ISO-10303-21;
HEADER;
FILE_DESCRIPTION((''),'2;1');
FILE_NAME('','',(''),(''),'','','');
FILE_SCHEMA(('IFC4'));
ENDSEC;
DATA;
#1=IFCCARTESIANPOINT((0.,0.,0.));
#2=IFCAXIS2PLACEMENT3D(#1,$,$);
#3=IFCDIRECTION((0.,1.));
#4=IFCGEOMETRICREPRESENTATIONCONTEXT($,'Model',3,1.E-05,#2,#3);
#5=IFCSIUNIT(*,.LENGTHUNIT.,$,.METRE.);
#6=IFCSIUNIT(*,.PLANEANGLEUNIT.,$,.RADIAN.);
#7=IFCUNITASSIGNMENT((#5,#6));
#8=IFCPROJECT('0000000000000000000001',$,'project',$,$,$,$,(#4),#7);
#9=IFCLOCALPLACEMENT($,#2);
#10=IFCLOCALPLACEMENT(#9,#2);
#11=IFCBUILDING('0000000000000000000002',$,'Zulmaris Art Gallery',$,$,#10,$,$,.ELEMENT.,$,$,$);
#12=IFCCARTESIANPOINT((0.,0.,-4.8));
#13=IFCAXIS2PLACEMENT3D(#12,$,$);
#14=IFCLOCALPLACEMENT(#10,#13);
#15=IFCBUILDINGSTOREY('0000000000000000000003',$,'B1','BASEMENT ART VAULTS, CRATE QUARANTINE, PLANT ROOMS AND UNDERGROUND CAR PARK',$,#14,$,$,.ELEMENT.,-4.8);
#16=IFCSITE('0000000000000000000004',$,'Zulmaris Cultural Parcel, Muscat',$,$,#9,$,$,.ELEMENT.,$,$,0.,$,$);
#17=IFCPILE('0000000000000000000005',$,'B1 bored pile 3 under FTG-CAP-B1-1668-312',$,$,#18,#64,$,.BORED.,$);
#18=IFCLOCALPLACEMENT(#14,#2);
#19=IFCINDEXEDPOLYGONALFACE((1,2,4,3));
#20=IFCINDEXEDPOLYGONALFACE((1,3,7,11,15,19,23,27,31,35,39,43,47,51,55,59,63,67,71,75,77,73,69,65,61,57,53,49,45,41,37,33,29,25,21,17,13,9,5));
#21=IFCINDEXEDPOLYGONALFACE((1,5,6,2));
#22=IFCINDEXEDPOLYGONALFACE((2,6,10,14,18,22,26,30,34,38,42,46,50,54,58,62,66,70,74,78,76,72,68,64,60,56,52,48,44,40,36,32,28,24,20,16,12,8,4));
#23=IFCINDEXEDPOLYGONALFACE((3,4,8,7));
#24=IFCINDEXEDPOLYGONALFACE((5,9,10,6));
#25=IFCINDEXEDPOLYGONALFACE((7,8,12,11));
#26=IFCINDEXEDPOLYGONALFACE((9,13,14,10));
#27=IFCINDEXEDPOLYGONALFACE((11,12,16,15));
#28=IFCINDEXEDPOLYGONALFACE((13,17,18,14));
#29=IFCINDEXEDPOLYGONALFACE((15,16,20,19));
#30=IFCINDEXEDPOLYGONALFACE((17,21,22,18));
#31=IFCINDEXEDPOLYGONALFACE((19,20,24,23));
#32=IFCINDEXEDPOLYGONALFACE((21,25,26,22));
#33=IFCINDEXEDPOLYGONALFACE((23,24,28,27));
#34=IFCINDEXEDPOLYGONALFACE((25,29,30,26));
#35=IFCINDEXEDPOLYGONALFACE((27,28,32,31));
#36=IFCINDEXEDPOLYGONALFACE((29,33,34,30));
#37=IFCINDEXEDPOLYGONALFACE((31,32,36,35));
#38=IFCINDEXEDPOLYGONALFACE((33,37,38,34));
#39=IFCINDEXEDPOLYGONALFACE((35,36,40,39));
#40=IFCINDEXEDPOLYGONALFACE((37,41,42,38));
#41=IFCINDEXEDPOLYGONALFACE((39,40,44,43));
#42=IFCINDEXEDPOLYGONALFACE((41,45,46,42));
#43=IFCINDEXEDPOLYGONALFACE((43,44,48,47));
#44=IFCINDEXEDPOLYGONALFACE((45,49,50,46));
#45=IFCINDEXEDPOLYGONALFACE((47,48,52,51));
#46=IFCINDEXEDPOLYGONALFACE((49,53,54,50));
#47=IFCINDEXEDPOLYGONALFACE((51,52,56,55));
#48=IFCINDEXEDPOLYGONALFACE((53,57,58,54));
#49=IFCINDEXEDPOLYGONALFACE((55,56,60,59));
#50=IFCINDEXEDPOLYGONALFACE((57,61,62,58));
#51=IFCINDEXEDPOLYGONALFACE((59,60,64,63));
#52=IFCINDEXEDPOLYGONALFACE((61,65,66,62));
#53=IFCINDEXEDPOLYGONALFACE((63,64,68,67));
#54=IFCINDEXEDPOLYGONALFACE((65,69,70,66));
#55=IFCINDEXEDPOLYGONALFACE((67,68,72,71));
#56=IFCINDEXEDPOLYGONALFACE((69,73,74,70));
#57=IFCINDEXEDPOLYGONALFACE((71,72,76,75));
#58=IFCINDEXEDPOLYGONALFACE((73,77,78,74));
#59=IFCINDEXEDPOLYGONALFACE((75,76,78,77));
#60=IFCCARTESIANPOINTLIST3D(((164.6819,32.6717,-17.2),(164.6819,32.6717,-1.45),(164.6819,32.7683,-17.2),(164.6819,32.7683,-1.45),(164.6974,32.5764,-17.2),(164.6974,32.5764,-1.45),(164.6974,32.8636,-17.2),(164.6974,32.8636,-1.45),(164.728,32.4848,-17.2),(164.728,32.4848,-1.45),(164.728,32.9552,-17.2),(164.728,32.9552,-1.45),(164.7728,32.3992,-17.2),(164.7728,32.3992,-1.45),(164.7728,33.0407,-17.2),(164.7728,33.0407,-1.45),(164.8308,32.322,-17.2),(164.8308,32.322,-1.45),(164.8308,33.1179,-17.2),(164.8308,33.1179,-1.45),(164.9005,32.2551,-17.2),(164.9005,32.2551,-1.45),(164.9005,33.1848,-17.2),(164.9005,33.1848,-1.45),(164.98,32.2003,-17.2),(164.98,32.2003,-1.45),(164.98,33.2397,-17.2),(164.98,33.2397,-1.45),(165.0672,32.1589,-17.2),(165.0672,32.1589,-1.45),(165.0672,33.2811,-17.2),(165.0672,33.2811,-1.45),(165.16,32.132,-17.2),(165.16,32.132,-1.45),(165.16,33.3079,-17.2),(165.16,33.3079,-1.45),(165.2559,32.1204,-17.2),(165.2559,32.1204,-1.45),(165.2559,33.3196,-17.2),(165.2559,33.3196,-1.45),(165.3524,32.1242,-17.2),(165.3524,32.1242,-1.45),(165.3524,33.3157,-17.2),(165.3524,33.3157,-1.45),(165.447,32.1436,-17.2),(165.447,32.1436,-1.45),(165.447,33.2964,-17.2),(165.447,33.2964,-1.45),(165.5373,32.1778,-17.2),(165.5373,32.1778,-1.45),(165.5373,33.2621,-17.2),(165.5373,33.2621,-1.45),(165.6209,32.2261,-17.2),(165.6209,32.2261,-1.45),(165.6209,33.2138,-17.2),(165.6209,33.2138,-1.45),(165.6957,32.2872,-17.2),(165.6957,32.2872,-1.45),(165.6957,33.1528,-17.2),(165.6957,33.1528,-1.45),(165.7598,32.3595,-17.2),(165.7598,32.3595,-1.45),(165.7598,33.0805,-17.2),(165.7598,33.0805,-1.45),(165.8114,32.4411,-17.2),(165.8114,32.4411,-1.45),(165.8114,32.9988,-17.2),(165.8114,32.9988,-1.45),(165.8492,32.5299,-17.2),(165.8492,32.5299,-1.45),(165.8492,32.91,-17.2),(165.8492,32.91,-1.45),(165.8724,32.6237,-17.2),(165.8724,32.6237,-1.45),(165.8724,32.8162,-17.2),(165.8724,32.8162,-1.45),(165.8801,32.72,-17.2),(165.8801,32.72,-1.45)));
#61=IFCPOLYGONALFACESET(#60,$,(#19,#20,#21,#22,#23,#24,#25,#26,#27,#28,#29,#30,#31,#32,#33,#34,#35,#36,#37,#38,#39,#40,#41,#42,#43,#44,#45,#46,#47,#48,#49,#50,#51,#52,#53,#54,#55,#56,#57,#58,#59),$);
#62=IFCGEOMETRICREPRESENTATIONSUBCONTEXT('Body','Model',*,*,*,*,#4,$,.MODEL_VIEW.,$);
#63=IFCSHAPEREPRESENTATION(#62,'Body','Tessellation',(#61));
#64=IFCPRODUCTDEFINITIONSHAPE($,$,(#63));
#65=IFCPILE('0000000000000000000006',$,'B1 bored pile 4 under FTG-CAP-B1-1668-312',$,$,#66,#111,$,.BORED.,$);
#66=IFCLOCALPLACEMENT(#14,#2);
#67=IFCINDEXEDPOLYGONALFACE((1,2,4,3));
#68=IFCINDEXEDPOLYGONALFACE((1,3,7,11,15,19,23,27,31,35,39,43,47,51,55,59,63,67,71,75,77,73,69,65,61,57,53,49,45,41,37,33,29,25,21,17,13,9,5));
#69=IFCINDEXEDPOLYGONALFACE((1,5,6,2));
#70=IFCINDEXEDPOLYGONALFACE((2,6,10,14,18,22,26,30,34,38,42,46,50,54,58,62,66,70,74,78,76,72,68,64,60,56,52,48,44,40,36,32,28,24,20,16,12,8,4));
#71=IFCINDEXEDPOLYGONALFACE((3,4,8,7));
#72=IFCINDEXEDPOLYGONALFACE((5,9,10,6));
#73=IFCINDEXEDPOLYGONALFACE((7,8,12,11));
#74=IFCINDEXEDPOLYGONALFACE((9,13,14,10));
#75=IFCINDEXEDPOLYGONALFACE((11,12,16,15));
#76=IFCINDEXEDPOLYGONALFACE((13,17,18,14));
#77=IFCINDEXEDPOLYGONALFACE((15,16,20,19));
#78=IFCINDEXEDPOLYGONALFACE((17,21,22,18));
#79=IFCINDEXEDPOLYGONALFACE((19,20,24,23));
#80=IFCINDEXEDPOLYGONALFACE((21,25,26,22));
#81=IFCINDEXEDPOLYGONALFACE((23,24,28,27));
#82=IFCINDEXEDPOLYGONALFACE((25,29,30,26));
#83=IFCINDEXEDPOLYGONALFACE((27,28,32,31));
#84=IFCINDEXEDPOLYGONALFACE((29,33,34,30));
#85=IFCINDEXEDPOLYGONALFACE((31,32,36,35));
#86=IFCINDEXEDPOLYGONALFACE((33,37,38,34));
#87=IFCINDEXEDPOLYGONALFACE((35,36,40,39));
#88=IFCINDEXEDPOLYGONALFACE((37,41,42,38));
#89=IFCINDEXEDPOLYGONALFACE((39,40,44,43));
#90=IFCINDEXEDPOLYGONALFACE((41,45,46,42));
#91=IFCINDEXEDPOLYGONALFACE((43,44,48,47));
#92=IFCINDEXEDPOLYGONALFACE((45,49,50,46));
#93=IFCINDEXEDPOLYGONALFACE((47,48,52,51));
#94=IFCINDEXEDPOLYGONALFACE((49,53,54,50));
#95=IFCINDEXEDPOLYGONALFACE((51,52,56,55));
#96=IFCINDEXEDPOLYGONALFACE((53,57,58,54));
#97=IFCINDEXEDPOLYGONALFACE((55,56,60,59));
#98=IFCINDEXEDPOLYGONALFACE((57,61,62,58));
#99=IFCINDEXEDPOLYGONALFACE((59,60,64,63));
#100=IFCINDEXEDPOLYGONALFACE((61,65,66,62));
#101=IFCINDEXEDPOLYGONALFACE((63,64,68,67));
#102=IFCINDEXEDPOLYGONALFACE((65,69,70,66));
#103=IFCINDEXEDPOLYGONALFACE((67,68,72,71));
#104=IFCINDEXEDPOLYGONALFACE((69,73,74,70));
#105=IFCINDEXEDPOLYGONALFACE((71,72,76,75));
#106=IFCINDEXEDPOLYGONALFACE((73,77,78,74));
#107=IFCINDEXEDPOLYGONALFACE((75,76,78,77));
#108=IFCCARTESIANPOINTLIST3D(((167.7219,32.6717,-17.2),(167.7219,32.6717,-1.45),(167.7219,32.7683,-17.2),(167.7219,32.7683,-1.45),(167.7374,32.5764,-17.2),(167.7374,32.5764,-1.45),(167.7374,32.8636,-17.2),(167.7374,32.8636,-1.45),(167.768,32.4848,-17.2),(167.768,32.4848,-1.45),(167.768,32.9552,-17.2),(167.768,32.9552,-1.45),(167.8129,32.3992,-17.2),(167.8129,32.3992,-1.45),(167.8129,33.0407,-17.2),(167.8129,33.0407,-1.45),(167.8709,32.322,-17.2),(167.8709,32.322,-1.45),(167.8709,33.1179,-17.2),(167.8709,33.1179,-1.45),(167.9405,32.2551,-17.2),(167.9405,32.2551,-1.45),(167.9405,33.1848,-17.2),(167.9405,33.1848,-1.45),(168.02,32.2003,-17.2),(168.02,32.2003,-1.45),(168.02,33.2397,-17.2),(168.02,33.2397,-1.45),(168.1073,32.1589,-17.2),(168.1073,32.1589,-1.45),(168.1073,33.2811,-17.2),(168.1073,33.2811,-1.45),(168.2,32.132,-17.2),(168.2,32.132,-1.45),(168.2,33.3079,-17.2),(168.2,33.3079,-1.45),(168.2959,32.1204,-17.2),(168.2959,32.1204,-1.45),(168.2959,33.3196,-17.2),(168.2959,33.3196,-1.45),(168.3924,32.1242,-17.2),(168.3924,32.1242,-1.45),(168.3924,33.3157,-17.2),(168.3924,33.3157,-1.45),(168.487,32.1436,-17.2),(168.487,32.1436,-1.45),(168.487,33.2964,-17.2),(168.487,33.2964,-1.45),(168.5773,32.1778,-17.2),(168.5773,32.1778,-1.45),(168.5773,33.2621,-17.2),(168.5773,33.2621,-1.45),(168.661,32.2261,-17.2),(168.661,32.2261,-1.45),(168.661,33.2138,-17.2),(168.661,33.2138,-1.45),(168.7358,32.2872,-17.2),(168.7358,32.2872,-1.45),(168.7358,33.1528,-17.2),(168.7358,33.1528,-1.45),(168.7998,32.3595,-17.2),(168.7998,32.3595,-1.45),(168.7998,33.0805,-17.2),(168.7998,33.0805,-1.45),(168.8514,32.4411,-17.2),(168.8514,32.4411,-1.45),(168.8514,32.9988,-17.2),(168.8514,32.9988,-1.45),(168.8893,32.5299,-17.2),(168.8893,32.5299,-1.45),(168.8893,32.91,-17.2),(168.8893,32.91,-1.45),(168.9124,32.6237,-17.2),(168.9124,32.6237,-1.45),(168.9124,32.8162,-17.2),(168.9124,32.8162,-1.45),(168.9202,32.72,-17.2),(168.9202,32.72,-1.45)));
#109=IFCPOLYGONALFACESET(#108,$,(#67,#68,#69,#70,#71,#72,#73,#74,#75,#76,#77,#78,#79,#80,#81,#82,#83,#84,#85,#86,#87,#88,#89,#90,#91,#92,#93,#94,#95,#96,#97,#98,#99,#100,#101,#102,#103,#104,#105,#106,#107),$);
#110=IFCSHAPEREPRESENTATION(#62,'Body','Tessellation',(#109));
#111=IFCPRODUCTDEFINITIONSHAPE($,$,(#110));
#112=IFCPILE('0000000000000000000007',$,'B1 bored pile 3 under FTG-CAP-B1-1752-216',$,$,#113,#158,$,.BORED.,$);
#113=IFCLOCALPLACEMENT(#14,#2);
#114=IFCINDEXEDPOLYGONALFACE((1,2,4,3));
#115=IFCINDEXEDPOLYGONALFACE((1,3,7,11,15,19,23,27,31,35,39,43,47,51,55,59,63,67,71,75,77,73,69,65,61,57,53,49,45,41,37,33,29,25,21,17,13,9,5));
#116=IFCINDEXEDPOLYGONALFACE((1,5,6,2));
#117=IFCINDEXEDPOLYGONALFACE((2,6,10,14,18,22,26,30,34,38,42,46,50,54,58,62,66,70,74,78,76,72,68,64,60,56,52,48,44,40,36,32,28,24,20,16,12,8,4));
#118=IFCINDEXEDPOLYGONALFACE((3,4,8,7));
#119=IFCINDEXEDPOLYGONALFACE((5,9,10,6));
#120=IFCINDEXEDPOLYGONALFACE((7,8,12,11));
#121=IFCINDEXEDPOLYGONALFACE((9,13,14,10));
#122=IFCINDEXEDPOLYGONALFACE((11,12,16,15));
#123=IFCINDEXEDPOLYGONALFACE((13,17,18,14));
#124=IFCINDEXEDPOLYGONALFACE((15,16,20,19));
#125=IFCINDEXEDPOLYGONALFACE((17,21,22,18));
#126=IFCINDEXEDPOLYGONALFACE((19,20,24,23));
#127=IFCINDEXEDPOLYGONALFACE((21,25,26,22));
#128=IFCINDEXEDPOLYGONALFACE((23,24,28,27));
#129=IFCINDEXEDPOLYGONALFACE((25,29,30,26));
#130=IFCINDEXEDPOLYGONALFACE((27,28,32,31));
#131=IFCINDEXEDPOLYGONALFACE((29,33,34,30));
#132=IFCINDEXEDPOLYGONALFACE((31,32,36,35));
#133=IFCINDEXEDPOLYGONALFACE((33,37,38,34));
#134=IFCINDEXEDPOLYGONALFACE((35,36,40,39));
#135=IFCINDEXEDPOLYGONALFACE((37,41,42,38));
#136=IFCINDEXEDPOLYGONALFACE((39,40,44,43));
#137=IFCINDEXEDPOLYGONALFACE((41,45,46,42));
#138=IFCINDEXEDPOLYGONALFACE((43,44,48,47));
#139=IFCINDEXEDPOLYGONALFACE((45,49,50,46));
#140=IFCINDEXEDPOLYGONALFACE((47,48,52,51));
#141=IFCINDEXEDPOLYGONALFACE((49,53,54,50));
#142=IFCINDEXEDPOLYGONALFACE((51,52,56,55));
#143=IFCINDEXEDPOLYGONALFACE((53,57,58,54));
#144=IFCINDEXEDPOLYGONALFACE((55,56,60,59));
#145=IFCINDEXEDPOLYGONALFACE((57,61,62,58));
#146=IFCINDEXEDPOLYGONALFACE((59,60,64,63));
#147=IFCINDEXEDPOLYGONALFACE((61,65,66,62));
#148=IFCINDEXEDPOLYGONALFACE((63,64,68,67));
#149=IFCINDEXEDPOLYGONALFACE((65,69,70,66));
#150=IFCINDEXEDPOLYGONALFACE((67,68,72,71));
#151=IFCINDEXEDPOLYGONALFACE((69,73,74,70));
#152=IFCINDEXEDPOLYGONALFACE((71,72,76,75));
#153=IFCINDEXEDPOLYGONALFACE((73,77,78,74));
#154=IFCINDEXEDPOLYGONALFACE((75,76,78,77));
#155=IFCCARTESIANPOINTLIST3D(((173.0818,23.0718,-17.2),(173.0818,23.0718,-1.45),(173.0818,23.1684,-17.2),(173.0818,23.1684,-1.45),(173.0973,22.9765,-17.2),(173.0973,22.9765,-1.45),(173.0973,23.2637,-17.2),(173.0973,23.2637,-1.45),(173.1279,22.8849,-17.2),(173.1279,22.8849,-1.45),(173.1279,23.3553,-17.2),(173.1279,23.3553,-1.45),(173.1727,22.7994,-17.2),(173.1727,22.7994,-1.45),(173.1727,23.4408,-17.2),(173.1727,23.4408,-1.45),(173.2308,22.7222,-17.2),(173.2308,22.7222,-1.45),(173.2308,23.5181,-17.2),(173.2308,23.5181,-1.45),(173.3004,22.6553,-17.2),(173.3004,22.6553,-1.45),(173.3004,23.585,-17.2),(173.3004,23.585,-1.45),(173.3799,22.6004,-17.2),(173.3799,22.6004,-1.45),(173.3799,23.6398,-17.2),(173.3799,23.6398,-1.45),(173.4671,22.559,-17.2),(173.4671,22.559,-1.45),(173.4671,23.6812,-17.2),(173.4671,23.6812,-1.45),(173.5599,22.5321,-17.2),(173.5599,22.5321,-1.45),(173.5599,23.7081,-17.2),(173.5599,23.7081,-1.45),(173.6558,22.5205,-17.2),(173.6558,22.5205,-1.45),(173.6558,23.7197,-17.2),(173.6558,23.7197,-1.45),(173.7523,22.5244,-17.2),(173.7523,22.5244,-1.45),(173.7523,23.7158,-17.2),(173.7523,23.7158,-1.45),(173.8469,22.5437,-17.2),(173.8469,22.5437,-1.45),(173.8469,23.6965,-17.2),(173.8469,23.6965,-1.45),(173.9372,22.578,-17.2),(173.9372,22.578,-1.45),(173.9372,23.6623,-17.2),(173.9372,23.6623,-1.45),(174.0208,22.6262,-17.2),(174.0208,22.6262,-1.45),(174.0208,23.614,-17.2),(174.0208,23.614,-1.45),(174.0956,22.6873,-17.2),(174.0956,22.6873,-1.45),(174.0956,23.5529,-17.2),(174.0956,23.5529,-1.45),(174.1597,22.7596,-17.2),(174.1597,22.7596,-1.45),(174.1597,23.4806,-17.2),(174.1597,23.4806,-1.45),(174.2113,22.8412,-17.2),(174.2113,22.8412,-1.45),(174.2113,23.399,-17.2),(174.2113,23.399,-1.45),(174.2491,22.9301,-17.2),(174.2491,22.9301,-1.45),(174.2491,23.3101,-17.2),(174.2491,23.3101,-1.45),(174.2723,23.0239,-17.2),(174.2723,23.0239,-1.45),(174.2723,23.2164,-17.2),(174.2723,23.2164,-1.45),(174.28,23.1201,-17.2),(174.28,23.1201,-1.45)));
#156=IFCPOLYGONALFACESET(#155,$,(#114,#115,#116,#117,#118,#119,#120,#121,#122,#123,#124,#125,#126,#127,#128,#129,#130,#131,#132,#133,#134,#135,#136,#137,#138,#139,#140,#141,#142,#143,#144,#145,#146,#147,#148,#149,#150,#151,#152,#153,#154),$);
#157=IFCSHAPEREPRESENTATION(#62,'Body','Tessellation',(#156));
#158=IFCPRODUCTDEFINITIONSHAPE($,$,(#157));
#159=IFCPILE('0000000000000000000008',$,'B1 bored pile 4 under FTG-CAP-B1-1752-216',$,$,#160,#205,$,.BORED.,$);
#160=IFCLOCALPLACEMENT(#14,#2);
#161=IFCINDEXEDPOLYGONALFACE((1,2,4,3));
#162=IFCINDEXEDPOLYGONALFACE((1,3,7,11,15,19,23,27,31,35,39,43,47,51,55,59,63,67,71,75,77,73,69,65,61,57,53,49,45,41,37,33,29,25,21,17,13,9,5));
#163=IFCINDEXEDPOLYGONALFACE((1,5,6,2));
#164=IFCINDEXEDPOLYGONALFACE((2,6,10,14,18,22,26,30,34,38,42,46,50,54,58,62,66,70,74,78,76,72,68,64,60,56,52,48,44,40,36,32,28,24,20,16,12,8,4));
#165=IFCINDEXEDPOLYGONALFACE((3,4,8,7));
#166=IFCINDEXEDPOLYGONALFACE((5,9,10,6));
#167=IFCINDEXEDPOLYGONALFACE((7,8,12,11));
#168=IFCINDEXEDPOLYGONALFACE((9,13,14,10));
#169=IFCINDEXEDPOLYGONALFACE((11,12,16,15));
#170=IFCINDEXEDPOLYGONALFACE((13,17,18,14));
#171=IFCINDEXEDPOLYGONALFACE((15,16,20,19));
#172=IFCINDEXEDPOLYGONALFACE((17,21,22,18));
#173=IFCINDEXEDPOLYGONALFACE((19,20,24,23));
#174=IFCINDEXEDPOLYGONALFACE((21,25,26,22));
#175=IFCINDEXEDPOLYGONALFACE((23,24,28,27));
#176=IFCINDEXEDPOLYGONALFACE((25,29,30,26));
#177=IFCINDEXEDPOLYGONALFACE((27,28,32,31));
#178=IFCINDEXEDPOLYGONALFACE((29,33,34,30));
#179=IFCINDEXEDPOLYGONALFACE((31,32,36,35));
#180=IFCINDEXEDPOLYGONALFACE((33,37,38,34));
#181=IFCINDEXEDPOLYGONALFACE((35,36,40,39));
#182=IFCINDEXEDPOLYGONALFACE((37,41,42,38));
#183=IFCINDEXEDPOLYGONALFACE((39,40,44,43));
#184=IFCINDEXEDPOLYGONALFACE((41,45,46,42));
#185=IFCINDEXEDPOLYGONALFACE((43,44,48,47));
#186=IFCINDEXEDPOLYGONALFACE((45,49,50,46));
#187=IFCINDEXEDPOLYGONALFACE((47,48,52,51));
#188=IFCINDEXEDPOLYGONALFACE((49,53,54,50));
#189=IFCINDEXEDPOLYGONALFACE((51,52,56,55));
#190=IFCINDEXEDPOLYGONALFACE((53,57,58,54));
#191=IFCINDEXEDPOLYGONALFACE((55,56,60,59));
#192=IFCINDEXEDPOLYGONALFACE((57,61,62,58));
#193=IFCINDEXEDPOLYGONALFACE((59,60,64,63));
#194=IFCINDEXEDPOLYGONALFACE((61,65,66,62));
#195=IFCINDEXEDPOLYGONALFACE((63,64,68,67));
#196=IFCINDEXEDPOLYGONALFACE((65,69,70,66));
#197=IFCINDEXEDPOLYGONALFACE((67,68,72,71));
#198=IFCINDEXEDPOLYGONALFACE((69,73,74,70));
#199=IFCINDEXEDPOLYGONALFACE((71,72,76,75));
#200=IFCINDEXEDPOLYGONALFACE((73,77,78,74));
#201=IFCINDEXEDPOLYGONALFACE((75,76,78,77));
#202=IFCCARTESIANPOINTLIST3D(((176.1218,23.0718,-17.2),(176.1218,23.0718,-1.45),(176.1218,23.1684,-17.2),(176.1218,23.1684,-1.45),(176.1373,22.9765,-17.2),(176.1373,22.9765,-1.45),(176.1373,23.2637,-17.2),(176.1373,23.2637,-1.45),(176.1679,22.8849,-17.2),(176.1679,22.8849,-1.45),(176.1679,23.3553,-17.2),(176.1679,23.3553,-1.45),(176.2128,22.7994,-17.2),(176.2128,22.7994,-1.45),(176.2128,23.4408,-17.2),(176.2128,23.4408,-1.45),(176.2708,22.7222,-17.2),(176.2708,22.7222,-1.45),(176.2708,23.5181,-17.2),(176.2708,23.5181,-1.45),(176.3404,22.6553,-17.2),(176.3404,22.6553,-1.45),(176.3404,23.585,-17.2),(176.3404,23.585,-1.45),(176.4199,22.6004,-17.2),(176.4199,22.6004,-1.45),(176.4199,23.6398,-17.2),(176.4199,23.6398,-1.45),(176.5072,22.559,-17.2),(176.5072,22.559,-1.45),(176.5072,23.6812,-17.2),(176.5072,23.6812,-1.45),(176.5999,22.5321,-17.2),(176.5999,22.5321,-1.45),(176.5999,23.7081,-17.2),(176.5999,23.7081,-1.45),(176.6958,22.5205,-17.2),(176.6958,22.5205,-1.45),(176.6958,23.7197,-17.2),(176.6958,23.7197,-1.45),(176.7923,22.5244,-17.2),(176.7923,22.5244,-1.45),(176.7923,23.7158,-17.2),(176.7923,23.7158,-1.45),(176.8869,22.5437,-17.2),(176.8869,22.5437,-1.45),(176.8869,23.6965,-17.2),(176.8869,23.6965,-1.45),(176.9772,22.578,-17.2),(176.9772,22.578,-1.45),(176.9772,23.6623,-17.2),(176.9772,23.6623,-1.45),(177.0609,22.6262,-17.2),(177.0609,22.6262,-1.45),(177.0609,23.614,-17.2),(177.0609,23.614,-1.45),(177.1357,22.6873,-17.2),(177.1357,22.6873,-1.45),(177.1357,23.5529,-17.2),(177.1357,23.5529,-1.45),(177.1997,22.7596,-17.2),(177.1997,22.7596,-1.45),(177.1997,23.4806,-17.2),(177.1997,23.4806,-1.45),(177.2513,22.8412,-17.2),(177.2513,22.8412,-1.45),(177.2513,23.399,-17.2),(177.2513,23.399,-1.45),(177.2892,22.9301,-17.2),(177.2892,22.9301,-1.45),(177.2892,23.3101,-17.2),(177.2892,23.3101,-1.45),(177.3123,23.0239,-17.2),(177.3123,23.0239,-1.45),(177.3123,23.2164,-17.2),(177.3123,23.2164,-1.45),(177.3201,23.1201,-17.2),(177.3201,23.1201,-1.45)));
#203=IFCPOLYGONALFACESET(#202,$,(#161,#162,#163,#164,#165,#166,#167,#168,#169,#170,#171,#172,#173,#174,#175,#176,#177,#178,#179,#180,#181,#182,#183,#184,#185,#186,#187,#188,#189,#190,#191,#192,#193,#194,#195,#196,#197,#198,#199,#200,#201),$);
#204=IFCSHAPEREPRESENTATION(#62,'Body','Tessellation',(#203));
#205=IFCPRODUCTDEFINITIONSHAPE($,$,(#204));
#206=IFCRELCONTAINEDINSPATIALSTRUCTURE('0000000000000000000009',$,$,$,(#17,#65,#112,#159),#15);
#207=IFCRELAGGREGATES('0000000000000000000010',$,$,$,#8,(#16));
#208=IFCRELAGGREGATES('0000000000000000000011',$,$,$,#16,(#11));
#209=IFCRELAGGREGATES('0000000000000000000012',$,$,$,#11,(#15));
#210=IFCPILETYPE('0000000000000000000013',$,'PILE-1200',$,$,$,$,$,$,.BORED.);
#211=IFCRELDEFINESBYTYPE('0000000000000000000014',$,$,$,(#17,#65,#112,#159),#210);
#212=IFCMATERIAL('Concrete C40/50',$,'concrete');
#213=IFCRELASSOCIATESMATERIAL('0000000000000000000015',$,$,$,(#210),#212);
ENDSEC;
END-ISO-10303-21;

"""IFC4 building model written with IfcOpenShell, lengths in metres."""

from ifc_helpers import new_model, si_unit, direction, frame, origin, origin_2d, place, context, subcontext, project, spatial, circle, extrude, material, material_profile, profile_set, type_object, element, save


model = new_model("IFC4")

# Units and contexts
model_context = context("Model", 3, precision=1e-05, world=origin(), true_north=direction((0.0, 1.0)))
body_context = subcontext(model_context, "Body", "Model", "MODEL_VIEW")
ifc_project = project(units=[si_unit("LENGTHUNIT", "METRE"), si_unit("PLANEANGLEUNIT", "RADIAN")], contexts=[model_context])

# Site, building, storey
site_placement = place(None, origin())
site = spatial("IfcSite", under=ifc_project, at=site_placement, Name="Zulmaris Cultural Parcel, Muscat", CompositionType="ELEMENT", RefElevation=0.0)
building_placement = place(site_placement, origin())
building = spatial("IfcBuilding", under=site, at=building_placement, Name="Zulmaris Art Gallery", CompositionType="ELEMENT")
storey_placement = place(building_placement, frame((0.0, 0.0, -4.8)))
storey = spatial("IfcBuildingStorey", under=building, at=storey_placement, Name="B1", Description="BASEMENT ART VAULTS, CRATE QUARANTINE, PLANT ROOMS AND UNDERGROUND CAR PARK", CompositionType="ELEMENT", Elevation=-4.8)

# Piles
ifc_material_1 = material(Name="Concrete C40/50", Category="concrete")
ifc_material_profile_1 = material_profile(ifc_material_1, circle(Radius=0.6001, at=origin_2d()), Name="PILE DIA 1200")
ifc_profile_set_1 = profile_set([ifc_material_profile_1], Name="Concrete C40/50")
pile_type = type_object("IfcPileType", Name="PILE-1200", PredefinedType="BORED", material=ifc_profile_set_1)
for number, where, z_axis, x_axis, name in (
    (1, (165.28, 32.72, -1.45), (0.0, 0.0, -1.0), (1.0, 0.0, 0.0), "B1 bored pile 3 under FTG-CAP-B1-1668-312"),
    (2, (168.3201, 32.72, -1.45), (0.0, 0.0, -1.0), (1.0, 0.0, 0.0), "B1 bored pile 4 under FTG-CAP-B1-1668-312"),
    (3, (173.6799, 23.1201, -1.45), (0.0, 0.0, -1.0), (1.0, 0.0, 0.0), "B1 bored pile 3 under FTG-CAP-B1-1752-216"),
    (4, (176.72, 23.1201, -1.45), (0.0, 0.0, -1.0), (1.0, 0.0, 0.0), "B1 bored pile 4 under FTG-CAP-B1-1752-216"),
):
    element("IfcPile", number, at=place(storey_placement, frame(where, z_axis=z_axis, x_axis=x_axis)), inside=storey, type_object=pile_type, Name=name, PredefinedType="BORED", context=body_context, shape_type="SweptSolid", body=[
        extrude(circle(Radius=0.6001, at=origin_2d()), origin(), (0.0, 0.0, 1.0), 15.75),
    ])

save(model, "model.ifc")
